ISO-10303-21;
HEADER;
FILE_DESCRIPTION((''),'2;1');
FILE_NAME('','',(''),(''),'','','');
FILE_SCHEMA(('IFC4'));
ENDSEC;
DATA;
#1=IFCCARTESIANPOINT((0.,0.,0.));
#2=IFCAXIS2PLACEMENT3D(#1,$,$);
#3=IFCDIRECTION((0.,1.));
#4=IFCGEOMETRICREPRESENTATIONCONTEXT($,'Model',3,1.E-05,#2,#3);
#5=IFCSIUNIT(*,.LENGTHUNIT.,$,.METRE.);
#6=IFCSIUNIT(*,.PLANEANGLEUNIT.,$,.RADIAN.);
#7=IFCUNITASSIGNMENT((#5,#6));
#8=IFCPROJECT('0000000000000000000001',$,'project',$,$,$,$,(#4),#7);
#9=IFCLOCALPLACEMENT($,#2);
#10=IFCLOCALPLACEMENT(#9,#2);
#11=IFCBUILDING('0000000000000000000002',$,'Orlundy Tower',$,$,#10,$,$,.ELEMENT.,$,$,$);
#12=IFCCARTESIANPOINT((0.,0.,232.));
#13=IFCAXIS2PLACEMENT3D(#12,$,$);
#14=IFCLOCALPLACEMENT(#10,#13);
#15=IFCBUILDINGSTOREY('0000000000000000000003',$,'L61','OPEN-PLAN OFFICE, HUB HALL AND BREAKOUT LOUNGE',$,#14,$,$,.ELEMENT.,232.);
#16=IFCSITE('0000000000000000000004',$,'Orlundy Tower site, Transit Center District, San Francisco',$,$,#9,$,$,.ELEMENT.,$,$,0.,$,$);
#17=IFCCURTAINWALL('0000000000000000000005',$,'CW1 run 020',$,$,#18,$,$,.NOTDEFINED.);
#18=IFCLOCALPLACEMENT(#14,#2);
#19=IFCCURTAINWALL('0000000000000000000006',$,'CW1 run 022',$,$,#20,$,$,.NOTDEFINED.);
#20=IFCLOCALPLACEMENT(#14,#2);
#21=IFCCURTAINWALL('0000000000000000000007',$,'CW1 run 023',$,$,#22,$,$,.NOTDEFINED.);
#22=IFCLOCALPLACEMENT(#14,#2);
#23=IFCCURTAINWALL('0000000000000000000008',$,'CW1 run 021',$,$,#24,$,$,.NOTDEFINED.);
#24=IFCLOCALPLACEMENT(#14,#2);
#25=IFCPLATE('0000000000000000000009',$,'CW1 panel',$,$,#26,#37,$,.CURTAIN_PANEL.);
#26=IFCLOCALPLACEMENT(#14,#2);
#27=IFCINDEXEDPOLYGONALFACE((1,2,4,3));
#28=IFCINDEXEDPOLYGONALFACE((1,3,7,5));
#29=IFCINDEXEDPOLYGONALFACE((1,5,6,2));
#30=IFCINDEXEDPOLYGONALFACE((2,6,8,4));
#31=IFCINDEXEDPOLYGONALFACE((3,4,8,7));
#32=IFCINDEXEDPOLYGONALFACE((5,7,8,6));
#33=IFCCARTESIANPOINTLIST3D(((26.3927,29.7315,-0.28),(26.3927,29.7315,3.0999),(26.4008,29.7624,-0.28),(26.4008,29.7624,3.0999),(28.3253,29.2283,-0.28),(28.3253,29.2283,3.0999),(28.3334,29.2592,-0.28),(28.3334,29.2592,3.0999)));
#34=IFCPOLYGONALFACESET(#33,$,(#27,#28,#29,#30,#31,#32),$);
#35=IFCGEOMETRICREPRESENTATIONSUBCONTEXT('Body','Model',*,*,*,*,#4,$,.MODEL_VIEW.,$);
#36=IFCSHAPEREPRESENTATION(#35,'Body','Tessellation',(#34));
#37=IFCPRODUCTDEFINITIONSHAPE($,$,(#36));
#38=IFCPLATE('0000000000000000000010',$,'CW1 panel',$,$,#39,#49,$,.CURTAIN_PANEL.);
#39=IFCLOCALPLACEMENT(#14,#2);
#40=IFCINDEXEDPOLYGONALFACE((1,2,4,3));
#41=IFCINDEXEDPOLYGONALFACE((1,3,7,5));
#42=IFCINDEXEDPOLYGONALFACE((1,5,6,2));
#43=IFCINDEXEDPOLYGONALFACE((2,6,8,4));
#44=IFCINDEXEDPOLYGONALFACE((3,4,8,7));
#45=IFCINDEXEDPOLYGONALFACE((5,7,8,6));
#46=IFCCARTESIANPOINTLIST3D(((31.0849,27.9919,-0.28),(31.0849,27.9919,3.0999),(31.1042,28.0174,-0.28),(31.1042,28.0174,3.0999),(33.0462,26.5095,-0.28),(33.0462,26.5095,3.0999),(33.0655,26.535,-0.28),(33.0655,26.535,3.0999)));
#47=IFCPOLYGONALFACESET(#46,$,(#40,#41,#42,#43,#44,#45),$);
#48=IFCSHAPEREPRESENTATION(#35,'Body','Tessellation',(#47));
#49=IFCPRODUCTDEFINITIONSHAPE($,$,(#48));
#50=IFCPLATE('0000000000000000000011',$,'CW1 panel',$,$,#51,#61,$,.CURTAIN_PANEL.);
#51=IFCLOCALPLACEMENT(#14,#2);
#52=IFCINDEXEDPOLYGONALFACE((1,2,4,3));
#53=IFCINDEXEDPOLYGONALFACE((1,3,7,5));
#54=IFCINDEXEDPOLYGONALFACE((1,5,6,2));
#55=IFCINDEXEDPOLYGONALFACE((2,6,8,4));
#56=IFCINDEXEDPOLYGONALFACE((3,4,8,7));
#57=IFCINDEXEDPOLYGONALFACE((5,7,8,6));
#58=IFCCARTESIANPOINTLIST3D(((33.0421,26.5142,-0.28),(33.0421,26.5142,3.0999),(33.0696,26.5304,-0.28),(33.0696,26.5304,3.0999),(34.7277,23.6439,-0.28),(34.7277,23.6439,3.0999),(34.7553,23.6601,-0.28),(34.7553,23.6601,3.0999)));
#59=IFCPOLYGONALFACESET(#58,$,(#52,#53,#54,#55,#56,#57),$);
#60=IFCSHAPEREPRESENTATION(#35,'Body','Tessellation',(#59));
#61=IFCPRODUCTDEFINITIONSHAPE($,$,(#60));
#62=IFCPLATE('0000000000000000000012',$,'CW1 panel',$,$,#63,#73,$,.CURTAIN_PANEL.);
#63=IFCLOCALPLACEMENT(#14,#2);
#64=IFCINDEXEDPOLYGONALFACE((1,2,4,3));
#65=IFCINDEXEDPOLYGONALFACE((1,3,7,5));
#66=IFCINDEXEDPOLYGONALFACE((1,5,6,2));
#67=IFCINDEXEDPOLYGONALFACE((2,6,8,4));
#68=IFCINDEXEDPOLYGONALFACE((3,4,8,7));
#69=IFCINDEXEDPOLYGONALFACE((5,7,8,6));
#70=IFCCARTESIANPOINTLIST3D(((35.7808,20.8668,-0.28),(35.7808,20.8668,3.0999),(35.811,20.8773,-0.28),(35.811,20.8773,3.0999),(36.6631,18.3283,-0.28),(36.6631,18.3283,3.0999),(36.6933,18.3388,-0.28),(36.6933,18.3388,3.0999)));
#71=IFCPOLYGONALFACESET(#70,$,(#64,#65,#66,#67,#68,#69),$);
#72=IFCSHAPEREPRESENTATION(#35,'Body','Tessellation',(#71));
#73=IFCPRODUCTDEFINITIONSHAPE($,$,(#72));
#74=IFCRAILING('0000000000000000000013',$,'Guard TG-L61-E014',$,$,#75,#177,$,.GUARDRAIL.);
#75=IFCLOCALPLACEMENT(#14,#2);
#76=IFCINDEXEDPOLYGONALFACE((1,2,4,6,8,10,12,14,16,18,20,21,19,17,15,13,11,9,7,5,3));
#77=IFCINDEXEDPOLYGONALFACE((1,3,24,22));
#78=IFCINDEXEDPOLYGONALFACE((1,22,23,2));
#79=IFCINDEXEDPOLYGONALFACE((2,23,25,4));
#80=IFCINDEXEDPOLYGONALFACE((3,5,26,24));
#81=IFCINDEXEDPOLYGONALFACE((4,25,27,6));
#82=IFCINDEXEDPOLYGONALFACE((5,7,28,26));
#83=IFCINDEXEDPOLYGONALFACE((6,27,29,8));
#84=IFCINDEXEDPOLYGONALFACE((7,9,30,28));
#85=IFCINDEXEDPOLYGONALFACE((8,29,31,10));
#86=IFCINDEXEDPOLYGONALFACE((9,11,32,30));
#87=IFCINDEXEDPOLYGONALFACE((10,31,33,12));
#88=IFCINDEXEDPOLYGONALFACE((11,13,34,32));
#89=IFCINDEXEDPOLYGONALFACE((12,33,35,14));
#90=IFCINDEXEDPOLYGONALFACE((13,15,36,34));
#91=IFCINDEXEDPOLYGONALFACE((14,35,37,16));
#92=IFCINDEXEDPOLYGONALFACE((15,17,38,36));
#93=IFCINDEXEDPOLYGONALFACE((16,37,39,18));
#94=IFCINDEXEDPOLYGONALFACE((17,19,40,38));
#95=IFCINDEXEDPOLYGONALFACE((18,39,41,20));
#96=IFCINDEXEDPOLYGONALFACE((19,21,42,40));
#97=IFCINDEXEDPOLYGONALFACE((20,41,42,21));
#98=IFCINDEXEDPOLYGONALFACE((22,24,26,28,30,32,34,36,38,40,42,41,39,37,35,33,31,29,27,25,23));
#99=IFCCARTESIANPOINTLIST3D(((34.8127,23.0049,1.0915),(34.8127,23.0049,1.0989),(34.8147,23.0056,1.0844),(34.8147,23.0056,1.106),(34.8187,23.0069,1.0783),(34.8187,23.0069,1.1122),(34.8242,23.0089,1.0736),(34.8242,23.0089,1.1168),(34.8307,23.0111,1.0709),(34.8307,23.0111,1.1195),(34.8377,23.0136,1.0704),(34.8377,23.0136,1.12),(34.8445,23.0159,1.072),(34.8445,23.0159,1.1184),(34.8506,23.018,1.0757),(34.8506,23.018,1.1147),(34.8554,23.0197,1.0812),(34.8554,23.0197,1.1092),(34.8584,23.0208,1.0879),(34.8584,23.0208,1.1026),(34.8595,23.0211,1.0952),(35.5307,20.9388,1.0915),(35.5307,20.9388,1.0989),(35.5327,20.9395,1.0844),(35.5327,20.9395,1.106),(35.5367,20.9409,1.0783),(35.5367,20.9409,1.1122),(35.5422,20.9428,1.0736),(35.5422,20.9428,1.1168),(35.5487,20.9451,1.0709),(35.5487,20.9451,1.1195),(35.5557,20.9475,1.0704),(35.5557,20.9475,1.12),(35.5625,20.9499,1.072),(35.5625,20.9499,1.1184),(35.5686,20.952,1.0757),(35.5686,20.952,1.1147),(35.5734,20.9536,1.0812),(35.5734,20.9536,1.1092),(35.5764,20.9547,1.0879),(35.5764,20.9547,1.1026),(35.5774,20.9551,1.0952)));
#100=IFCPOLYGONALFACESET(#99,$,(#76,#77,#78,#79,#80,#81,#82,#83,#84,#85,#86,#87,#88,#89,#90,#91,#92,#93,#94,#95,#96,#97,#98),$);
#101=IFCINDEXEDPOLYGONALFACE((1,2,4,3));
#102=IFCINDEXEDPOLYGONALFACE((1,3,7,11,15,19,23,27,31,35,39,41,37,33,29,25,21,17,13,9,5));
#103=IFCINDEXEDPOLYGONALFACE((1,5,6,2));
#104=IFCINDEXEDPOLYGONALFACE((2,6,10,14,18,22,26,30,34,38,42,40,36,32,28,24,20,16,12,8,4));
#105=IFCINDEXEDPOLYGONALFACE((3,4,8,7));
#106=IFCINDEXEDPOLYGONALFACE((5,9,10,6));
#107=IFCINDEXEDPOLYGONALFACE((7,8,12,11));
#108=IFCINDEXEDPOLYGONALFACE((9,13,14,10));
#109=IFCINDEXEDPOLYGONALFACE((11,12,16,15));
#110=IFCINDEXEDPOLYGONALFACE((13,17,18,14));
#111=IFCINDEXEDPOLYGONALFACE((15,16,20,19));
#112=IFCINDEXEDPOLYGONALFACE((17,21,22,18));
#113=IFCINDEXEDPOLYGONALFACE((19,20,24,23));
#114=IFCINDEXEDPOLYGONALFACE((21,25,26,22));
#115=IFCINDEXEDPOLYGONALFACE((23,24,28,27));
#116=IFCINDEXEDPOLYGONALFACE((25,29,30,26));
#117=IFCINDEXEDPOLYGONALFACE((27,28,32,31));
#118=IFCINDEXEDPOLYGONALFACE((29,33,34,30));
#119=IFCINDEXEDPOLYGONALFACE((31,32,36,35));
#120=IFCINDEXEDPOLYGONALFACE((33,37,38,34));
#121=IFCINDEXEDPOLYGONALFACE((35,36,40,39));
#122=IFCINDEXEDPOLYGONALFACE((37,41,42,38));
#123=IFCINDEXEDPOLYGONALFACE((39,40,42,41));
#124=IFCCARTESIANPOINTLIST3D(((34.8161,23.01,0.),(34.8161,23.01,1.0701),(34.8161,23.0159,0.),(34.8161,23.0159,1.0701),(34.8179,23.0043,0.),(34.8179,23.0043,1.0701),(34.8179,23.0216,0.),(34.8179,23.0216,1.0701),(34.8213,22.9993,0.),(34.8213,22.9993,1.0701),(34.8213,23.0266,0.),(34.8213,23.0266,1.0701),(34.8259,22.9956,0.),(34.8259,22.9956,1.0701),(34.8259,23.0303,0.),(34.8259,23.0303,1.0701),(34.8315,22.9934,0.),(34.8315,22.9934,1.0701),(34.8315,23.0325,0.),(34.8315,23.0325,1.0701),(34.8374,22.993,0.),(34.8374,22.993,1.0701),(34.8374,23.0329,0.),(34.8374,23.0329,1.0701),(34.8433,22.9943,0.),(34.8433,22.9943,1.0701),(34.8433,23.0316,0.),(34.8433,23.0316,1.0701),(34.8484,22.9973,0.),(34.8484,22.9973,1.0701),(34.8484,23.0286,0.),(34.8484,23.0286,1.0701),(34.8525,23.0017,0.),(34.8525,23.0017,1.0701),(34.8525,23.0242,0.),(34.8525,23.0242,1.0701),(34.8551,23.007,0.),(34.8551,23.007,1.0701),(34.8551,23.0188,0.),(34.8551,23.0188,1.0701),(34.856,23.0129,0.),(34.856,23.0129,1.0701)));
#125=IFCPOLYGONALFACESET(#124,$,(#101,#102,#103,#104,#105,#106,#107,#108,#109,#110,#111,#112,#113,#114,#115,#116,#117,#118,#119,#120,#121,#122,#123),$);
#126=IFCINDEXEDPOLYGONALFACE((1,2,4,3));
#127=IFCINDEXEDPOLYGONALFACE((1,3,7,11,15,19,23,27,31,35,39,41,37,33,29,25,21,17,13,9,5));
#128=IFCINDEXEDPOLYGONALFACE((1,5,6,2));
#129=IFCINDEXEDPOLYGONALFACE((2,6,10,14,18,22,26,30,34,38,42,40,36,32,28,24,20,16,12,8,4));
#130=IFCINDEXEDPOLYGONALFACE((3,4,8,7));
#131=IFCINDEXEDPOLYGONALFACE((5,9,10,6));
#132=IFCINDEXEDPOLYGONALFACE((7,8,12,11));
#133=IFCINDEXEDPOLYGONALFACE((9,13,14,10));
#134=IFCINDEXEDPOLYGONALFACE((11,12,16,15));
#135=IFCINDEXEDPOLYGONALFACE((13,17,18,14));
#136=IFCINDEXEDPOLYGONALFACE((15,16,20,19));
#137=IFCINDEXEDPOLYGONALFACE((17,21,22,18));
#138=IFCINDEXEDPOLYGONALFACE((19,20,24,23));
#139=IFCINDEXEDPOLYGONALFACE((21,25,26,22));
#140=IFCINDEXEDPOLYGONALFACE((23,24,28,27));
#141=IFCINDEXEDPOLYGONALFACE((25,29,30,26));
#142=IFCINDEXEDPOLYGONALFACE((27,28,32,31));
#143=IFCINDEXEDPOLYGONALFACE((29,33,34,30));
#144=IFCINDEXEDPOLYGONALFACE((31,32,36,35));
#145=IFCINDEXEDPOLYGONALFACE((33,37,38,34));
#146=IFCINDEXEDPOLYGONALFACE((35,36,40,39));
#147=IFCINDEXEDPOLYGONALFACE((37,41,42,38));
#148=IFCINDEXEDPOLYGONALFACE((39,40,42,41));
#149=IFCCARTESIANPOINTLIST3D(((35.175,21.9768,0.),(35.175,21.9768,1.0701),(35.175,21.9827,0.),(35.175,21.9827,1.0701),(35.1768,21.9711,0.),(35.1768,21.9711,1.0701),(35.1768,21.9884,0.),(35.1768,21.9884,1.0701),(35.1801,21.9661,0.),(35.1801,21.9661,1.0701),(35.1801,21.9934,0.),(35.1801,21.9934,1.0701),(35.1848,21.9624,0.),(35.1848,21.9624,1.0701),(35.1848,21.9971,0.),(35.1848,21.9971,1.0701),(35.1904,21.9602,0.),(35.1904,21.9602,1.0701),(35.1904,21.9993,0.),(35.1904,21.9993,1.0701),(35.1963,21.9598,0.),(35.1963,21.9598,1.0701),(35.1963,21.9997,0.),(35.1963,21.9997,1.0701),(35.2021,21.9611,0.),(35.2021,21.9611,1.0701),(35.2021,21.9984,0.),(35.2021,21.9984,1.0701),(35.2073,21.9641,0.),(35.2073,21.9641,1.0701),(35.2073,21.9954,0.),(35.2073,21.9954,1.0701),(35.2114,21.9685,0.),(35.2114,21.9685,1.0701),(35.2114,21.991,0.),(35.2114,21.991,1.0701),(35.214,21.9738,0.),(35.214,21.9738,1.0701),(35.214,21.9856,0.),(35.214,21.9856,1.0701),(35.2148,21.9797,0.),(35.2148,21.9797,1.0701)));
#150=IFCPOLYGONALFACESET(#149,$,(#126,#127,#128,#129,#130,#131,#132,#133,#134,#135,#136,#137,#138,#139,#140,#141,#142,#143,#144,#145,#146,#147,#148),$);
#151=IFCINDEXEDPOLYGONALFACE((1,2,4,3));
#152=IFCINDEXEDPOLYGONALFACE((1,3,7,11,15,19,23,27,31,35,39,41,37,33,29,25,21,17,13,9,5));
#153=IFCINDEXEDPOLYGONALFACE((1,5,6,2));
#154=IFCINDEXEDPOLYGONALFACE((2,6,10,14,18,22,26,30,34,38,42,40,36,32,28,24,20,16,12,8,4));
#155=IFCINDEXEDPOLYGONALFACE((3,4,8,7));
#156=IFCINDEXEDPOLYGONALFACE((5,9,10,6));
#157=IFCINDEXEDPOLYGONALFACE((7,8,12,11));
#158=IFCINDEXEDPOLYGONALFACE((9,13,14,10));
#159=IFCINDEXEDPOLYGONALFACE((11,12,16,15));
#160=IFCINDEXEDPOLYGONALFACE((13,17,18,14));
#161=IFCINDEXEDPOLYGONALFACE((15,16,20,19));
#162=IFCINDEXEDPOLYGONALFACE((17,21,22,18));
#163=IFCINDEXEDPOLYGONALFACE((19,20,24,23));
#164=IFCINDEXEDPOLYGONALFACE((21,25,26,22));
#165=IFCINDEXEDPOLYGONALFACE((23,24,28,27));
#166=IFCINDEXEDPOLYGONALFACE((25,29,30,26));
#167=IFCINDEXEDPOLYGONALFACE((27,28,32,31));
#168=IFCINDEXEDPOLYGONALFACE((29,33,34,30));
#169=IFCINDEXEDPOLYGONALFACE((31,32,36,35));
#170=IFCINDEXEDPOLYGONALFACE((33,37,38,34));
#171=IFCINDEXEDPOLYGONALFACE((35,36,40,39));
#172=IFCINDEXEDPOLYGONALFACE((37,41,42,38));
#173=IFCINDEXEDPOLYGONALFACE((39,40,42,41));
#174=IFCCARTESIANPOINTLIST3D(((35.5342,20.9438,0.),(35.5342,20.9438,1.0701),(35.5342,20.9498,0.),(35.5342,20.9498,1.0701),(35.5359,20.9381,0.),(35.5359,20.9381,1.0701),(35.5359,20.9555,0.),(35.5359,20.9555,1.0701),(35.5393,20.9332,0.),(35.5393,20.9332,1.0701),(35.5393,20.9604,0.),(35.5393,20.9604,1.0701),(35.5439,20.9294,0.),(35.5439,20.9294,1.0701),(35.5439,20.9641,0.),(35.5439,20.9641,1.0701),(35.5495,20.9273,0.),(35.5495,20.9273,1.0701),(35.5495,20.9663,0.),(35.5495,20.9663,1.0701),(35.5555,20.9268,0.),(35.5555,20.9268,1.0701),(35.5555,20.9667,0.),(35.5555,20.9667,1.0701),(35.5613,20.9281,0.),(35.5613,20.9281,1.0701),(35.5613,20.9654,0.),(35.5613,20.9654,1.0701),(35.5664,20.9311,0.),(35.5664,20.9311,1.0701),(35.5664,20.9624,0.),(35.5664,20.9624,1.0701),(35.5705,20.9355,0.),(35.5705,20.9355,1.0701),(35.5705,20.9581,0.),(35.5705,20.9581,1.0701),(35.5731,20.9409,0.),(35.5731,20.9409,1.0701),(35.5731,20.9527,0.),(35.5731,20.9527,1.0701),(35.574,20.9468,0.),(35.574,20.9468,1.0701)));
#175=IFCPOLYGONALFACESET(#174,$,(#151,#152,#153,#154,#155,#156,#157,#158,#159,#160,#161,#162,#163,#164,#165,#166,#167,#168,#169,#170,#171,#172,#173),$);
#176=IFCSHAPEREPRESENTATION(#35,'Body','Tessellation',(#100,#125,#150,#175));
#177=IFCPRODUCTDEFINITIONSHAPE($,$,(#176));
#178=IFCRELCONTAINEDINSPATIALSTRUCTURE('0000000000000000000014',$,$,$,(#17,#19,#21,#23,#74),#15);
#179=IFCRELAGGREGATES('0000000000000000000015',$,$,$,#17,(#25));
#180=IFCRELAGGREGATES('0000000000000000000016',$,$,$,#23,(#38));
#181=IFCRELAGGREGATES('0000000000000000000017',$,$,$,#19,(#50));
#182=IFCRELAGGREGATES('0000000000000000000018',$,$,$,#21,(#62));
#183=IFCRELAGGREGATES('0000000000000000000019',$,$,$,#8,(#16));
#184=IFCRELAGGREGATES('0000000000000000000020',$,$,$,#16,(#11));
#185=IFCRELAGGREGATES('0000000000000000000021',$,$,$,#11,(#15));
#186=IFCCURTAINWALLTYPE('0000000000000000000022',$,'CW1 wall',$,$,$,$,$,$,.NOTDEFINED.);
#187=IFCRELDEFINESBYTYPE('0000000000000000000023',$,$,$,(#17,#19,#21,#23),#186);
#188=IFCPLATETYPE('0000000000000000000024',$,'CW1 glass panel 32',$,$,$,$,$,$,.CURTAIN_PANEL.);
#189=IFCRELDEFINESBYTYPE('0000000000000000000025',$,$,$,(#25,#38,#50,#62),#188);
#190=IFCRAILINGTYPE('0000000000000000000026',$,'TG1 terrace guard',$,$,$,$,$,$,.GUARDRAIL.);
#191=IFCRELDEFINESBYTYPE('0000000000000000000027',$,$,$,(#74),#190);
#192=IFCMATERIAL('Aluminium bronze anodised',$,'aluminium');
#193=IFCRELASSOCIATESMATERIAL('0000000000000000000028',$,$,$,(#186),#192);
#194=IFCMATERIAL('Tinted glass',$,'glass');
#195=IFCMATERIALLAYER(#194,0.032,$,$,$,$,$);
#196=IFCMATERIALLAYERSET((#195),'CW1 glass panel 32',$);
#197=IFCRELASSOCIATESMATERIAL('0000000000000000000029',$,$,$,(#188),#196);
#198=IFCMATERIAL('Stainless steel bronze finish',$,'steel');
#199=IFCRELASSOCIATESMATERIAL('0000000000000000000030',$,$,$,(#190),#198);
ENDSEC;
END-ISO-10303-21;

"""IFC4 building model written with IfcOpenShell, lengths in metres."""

from ifc_helpers import new_model, si_unit, direction, frame, origin, origin_2d, place, context, subcontext, project, spatial, rectangle, circle, extrude, material, layer, layer_set, type_object, element, aggregate, save


model = new_model("IFC4")

# Units and contexts
model_context = context("Model", 3, precision=1e-05, world=origin(), true_north=direction((0.0, 1.0)))
body_context = subcontext(model_context, "Body", "Model", "MODEL_VIEW")
ifc_project = project(units=[si_unit("LENGTHUNIT", "METRE"), si_unit("PLANEANGLEUNIT", "RADIAN")], contexts=[model_context])

# Site, building, storey
site_placement = place(None, origin())
site = spatial("IfcSite", under=ifc_project, at=site_placement, Name="Orlundy Tower site, Transit Center District, San Francisco", CompositionType="ELEMENT", RefElevation=0.0)
building_placement = place(site_placement, origin())
building = spatial("IfcBuilding", under=site, at=building_placement, Name="Orlundy Tower", CompositionType="ELEMENT")
storey_placement = place(building_placement, frame((0.0, 0.0, 232.0)))
storey = spatial("IfcBuildingStorey", under=building, at=storey_placement, Name="L61", Description="OPEN-PLAN OFFICE, HUB HALL AND BREAKOUT LOUNGE", CompositionType="ELEMENT", Elevation=232.0)

# Curtain walls
ifc_material_1 = material(Name="Aluminium bronze anodised", Category="aluminium")
curtain_wall_type = type_object("IfcCurtainWallType", Name="CW1 wall", PredefinedType="NOTDEFINED", material=ifc_material_1)
curtain_wall_1_placement = place(storey_placement, origin())
curtain_wall_1 = element("IfcCurtainWall", 1, at=curtain_wall_1_placement, inside=storey, type_object=curtain_wall_type, Name="CW1 run 020", PredefinedType="NOTDEFINED")
curtain_wall_2_placement = place(storey_placement, origin())
curtain_wall_2 = element("IfcCurtainWall", 2, at=curtain_wall_2_placement, inside=storey, type_object=curtain_wall_type, Name="CW1 run 022", PredefinedType="NOTDEFINED")
curtain_wall_3_placement = place(storey_placement, origin())
curtain_wall_3 = element("IfcCurtainWall", 3, at=curtain_wall_3_placement, inside=storey, type_object=curtain_wall_type, Name="CW1 run 023", PredefinedType="NOTDEFINED")

# Curtain wall
curtain_wall_4_placement = place(storey_placement, origin())
curtain_wall_4 = element("IfcCurtainWall", 4, at=curtain_wall_4_placement, inside=storey, type_object=curtain_wall_type, Name="CW1 run 021", PredefinedType="NOTDEFINED")

# Plates
ifc_material_2 = material(Name="Tinted glass", Category="glass")
ifc_layer = layer(ifc_material_2, 0.032)
ifc_layer_set = layer_set([ifc_layer], Name="CW1 glass panel 32")
plate_type = type_object("IfcPlateType", Name="CW1 glass panel 32", PredefinedType="CURTAIN_PANEL", material=ifc_layer_set)
plate_1_placement = place(storey_placement, frame((27.363, 29.4954, -0.28), z_axis=(0.0, 0.0, 1.0), x_axis=(0.967732, -0.251983, 0.0)))
plate_1 = element("IfcPlate", 5, at=plate_1_placement, type_object=plate_type, Name="CW1 panel", PredefinedType="CURTAIN_PANEL", context=body_context, shape_type="SweptSolid", body=[
    extrude(rectangle(XDim=1.9971, YDim=0.032, at=origin_2d()), origin(), (0.0, 0.0, 1.0), 3.3799),
])
aggregate(curtain_wall_1, [plate_1])
plate_2_placement = place(storey_placement, frame((32.0752, 27.2634, -0.28), z_axis=(0.0, 0.0, 1.0), x_axis=(0.797761, -0.602974, 0.0)))
plate_2 = element("IfcPlate", 6, at=plate_2_placement, type_object=plate_type, Name="CW1 panel", PredefinedType="CURTAIN_PANEL", context=body_context, shape_type="SweptSolid", body=[
    extrude(rectangle(XDim=2.4585, YDim=0.032, at=origin_2d()), origin(), (0.0, 0.0, 1.0), 3.3799),
])
aggregate(curtain_wall_4, [plate_2])
plate_3_placement = place(storey_placement, frame((33.8987, 25.0872, -0.28), z_axis=(0.0, 0.0, 1.0), x_axis=(0.506419, -0.862288, 0.0)))
plate_3 = element("IfcPlate", 7, at=plate_3_placement, type_object=plate_type, Name="CW1 panel", PredefinedType="CURTAIN_PANEL", context=body_context, shape_type="SweptSolid", body=[
    extrude(rectangle(XDim=3.3286, YDim=0.032, at=origin_2d()), origin(), (0.0, 0.0, 1.0), 3.3799),
])
aggregate(curtain_wall_2, [plate_3])
plate_4_placement = place(storey_placement, frame((36.2371, 19.6028, -0.28), z_axis=(0.0, 0.0, 1.0), x_axis=(0.328288, -0.944578, 0.0)))
plate_4 = element("IfcPlate", 8, at=plate_4_placement, type_object=plate_type, Name="CW1 panel", PredefinedType="CURTAIN_PANEL", context=body_context, shape_type="SweptSolid", body=[
    extrude(rectangle(XDim=2.6875, YDim=0.032, at=origin_2d()), origin(), (0.0, 0.0, 1.0), 3.3799),
])
aggregate(curtain_wall_3, [plate_4])

# Railing
ifc_material_3 = material(Name="Stainless steel bronze finish", Category="steel")
railing_type = type_object("IfcRailingType", Name="TG1 terrace guard", PredefinedType="GUARDRAIL", material=ifc_material_3)
railing_1_placement = place(storey_placement, frame((34.8359, 23.0129, 0.0)))
element("IfcRailing", 9, at=railing_1_placement, inside=storey, type_object=railing_type, Name="Guard TG-L61-E014", PredefinedType="GUARDRAIL", context=body_context, shape_type="SweptSolid", body=[
    extrude(circle(Radius=0.0249, at=origin_2d()), frame((0.0, 0.0, 1.0952), z_axis=(0.328257, -0.944589, 0.0), x_axis=(0.944589, 0.328257, 0.0)), (0.0, 0.0, 1.0), 2.1873),
    extrude(circle(Radius=0.02, at=origin_2d()), origin(), (0.0, 0.0, 1.0), 1.0701),
    extrude(circle(Radius=0.02, at=origin_2d()), frame((0.3589, -1.0332, 0.0)), (0.0, 0.0, 1.0), 1.0701),
    extrude(circle(Radius=0.02, at=origin_2d()), frame((0.718, -2.0662, 0.0)), (0.0, 0.0, 1.0), 1.0701),
])

save(model, "model.ifc")
